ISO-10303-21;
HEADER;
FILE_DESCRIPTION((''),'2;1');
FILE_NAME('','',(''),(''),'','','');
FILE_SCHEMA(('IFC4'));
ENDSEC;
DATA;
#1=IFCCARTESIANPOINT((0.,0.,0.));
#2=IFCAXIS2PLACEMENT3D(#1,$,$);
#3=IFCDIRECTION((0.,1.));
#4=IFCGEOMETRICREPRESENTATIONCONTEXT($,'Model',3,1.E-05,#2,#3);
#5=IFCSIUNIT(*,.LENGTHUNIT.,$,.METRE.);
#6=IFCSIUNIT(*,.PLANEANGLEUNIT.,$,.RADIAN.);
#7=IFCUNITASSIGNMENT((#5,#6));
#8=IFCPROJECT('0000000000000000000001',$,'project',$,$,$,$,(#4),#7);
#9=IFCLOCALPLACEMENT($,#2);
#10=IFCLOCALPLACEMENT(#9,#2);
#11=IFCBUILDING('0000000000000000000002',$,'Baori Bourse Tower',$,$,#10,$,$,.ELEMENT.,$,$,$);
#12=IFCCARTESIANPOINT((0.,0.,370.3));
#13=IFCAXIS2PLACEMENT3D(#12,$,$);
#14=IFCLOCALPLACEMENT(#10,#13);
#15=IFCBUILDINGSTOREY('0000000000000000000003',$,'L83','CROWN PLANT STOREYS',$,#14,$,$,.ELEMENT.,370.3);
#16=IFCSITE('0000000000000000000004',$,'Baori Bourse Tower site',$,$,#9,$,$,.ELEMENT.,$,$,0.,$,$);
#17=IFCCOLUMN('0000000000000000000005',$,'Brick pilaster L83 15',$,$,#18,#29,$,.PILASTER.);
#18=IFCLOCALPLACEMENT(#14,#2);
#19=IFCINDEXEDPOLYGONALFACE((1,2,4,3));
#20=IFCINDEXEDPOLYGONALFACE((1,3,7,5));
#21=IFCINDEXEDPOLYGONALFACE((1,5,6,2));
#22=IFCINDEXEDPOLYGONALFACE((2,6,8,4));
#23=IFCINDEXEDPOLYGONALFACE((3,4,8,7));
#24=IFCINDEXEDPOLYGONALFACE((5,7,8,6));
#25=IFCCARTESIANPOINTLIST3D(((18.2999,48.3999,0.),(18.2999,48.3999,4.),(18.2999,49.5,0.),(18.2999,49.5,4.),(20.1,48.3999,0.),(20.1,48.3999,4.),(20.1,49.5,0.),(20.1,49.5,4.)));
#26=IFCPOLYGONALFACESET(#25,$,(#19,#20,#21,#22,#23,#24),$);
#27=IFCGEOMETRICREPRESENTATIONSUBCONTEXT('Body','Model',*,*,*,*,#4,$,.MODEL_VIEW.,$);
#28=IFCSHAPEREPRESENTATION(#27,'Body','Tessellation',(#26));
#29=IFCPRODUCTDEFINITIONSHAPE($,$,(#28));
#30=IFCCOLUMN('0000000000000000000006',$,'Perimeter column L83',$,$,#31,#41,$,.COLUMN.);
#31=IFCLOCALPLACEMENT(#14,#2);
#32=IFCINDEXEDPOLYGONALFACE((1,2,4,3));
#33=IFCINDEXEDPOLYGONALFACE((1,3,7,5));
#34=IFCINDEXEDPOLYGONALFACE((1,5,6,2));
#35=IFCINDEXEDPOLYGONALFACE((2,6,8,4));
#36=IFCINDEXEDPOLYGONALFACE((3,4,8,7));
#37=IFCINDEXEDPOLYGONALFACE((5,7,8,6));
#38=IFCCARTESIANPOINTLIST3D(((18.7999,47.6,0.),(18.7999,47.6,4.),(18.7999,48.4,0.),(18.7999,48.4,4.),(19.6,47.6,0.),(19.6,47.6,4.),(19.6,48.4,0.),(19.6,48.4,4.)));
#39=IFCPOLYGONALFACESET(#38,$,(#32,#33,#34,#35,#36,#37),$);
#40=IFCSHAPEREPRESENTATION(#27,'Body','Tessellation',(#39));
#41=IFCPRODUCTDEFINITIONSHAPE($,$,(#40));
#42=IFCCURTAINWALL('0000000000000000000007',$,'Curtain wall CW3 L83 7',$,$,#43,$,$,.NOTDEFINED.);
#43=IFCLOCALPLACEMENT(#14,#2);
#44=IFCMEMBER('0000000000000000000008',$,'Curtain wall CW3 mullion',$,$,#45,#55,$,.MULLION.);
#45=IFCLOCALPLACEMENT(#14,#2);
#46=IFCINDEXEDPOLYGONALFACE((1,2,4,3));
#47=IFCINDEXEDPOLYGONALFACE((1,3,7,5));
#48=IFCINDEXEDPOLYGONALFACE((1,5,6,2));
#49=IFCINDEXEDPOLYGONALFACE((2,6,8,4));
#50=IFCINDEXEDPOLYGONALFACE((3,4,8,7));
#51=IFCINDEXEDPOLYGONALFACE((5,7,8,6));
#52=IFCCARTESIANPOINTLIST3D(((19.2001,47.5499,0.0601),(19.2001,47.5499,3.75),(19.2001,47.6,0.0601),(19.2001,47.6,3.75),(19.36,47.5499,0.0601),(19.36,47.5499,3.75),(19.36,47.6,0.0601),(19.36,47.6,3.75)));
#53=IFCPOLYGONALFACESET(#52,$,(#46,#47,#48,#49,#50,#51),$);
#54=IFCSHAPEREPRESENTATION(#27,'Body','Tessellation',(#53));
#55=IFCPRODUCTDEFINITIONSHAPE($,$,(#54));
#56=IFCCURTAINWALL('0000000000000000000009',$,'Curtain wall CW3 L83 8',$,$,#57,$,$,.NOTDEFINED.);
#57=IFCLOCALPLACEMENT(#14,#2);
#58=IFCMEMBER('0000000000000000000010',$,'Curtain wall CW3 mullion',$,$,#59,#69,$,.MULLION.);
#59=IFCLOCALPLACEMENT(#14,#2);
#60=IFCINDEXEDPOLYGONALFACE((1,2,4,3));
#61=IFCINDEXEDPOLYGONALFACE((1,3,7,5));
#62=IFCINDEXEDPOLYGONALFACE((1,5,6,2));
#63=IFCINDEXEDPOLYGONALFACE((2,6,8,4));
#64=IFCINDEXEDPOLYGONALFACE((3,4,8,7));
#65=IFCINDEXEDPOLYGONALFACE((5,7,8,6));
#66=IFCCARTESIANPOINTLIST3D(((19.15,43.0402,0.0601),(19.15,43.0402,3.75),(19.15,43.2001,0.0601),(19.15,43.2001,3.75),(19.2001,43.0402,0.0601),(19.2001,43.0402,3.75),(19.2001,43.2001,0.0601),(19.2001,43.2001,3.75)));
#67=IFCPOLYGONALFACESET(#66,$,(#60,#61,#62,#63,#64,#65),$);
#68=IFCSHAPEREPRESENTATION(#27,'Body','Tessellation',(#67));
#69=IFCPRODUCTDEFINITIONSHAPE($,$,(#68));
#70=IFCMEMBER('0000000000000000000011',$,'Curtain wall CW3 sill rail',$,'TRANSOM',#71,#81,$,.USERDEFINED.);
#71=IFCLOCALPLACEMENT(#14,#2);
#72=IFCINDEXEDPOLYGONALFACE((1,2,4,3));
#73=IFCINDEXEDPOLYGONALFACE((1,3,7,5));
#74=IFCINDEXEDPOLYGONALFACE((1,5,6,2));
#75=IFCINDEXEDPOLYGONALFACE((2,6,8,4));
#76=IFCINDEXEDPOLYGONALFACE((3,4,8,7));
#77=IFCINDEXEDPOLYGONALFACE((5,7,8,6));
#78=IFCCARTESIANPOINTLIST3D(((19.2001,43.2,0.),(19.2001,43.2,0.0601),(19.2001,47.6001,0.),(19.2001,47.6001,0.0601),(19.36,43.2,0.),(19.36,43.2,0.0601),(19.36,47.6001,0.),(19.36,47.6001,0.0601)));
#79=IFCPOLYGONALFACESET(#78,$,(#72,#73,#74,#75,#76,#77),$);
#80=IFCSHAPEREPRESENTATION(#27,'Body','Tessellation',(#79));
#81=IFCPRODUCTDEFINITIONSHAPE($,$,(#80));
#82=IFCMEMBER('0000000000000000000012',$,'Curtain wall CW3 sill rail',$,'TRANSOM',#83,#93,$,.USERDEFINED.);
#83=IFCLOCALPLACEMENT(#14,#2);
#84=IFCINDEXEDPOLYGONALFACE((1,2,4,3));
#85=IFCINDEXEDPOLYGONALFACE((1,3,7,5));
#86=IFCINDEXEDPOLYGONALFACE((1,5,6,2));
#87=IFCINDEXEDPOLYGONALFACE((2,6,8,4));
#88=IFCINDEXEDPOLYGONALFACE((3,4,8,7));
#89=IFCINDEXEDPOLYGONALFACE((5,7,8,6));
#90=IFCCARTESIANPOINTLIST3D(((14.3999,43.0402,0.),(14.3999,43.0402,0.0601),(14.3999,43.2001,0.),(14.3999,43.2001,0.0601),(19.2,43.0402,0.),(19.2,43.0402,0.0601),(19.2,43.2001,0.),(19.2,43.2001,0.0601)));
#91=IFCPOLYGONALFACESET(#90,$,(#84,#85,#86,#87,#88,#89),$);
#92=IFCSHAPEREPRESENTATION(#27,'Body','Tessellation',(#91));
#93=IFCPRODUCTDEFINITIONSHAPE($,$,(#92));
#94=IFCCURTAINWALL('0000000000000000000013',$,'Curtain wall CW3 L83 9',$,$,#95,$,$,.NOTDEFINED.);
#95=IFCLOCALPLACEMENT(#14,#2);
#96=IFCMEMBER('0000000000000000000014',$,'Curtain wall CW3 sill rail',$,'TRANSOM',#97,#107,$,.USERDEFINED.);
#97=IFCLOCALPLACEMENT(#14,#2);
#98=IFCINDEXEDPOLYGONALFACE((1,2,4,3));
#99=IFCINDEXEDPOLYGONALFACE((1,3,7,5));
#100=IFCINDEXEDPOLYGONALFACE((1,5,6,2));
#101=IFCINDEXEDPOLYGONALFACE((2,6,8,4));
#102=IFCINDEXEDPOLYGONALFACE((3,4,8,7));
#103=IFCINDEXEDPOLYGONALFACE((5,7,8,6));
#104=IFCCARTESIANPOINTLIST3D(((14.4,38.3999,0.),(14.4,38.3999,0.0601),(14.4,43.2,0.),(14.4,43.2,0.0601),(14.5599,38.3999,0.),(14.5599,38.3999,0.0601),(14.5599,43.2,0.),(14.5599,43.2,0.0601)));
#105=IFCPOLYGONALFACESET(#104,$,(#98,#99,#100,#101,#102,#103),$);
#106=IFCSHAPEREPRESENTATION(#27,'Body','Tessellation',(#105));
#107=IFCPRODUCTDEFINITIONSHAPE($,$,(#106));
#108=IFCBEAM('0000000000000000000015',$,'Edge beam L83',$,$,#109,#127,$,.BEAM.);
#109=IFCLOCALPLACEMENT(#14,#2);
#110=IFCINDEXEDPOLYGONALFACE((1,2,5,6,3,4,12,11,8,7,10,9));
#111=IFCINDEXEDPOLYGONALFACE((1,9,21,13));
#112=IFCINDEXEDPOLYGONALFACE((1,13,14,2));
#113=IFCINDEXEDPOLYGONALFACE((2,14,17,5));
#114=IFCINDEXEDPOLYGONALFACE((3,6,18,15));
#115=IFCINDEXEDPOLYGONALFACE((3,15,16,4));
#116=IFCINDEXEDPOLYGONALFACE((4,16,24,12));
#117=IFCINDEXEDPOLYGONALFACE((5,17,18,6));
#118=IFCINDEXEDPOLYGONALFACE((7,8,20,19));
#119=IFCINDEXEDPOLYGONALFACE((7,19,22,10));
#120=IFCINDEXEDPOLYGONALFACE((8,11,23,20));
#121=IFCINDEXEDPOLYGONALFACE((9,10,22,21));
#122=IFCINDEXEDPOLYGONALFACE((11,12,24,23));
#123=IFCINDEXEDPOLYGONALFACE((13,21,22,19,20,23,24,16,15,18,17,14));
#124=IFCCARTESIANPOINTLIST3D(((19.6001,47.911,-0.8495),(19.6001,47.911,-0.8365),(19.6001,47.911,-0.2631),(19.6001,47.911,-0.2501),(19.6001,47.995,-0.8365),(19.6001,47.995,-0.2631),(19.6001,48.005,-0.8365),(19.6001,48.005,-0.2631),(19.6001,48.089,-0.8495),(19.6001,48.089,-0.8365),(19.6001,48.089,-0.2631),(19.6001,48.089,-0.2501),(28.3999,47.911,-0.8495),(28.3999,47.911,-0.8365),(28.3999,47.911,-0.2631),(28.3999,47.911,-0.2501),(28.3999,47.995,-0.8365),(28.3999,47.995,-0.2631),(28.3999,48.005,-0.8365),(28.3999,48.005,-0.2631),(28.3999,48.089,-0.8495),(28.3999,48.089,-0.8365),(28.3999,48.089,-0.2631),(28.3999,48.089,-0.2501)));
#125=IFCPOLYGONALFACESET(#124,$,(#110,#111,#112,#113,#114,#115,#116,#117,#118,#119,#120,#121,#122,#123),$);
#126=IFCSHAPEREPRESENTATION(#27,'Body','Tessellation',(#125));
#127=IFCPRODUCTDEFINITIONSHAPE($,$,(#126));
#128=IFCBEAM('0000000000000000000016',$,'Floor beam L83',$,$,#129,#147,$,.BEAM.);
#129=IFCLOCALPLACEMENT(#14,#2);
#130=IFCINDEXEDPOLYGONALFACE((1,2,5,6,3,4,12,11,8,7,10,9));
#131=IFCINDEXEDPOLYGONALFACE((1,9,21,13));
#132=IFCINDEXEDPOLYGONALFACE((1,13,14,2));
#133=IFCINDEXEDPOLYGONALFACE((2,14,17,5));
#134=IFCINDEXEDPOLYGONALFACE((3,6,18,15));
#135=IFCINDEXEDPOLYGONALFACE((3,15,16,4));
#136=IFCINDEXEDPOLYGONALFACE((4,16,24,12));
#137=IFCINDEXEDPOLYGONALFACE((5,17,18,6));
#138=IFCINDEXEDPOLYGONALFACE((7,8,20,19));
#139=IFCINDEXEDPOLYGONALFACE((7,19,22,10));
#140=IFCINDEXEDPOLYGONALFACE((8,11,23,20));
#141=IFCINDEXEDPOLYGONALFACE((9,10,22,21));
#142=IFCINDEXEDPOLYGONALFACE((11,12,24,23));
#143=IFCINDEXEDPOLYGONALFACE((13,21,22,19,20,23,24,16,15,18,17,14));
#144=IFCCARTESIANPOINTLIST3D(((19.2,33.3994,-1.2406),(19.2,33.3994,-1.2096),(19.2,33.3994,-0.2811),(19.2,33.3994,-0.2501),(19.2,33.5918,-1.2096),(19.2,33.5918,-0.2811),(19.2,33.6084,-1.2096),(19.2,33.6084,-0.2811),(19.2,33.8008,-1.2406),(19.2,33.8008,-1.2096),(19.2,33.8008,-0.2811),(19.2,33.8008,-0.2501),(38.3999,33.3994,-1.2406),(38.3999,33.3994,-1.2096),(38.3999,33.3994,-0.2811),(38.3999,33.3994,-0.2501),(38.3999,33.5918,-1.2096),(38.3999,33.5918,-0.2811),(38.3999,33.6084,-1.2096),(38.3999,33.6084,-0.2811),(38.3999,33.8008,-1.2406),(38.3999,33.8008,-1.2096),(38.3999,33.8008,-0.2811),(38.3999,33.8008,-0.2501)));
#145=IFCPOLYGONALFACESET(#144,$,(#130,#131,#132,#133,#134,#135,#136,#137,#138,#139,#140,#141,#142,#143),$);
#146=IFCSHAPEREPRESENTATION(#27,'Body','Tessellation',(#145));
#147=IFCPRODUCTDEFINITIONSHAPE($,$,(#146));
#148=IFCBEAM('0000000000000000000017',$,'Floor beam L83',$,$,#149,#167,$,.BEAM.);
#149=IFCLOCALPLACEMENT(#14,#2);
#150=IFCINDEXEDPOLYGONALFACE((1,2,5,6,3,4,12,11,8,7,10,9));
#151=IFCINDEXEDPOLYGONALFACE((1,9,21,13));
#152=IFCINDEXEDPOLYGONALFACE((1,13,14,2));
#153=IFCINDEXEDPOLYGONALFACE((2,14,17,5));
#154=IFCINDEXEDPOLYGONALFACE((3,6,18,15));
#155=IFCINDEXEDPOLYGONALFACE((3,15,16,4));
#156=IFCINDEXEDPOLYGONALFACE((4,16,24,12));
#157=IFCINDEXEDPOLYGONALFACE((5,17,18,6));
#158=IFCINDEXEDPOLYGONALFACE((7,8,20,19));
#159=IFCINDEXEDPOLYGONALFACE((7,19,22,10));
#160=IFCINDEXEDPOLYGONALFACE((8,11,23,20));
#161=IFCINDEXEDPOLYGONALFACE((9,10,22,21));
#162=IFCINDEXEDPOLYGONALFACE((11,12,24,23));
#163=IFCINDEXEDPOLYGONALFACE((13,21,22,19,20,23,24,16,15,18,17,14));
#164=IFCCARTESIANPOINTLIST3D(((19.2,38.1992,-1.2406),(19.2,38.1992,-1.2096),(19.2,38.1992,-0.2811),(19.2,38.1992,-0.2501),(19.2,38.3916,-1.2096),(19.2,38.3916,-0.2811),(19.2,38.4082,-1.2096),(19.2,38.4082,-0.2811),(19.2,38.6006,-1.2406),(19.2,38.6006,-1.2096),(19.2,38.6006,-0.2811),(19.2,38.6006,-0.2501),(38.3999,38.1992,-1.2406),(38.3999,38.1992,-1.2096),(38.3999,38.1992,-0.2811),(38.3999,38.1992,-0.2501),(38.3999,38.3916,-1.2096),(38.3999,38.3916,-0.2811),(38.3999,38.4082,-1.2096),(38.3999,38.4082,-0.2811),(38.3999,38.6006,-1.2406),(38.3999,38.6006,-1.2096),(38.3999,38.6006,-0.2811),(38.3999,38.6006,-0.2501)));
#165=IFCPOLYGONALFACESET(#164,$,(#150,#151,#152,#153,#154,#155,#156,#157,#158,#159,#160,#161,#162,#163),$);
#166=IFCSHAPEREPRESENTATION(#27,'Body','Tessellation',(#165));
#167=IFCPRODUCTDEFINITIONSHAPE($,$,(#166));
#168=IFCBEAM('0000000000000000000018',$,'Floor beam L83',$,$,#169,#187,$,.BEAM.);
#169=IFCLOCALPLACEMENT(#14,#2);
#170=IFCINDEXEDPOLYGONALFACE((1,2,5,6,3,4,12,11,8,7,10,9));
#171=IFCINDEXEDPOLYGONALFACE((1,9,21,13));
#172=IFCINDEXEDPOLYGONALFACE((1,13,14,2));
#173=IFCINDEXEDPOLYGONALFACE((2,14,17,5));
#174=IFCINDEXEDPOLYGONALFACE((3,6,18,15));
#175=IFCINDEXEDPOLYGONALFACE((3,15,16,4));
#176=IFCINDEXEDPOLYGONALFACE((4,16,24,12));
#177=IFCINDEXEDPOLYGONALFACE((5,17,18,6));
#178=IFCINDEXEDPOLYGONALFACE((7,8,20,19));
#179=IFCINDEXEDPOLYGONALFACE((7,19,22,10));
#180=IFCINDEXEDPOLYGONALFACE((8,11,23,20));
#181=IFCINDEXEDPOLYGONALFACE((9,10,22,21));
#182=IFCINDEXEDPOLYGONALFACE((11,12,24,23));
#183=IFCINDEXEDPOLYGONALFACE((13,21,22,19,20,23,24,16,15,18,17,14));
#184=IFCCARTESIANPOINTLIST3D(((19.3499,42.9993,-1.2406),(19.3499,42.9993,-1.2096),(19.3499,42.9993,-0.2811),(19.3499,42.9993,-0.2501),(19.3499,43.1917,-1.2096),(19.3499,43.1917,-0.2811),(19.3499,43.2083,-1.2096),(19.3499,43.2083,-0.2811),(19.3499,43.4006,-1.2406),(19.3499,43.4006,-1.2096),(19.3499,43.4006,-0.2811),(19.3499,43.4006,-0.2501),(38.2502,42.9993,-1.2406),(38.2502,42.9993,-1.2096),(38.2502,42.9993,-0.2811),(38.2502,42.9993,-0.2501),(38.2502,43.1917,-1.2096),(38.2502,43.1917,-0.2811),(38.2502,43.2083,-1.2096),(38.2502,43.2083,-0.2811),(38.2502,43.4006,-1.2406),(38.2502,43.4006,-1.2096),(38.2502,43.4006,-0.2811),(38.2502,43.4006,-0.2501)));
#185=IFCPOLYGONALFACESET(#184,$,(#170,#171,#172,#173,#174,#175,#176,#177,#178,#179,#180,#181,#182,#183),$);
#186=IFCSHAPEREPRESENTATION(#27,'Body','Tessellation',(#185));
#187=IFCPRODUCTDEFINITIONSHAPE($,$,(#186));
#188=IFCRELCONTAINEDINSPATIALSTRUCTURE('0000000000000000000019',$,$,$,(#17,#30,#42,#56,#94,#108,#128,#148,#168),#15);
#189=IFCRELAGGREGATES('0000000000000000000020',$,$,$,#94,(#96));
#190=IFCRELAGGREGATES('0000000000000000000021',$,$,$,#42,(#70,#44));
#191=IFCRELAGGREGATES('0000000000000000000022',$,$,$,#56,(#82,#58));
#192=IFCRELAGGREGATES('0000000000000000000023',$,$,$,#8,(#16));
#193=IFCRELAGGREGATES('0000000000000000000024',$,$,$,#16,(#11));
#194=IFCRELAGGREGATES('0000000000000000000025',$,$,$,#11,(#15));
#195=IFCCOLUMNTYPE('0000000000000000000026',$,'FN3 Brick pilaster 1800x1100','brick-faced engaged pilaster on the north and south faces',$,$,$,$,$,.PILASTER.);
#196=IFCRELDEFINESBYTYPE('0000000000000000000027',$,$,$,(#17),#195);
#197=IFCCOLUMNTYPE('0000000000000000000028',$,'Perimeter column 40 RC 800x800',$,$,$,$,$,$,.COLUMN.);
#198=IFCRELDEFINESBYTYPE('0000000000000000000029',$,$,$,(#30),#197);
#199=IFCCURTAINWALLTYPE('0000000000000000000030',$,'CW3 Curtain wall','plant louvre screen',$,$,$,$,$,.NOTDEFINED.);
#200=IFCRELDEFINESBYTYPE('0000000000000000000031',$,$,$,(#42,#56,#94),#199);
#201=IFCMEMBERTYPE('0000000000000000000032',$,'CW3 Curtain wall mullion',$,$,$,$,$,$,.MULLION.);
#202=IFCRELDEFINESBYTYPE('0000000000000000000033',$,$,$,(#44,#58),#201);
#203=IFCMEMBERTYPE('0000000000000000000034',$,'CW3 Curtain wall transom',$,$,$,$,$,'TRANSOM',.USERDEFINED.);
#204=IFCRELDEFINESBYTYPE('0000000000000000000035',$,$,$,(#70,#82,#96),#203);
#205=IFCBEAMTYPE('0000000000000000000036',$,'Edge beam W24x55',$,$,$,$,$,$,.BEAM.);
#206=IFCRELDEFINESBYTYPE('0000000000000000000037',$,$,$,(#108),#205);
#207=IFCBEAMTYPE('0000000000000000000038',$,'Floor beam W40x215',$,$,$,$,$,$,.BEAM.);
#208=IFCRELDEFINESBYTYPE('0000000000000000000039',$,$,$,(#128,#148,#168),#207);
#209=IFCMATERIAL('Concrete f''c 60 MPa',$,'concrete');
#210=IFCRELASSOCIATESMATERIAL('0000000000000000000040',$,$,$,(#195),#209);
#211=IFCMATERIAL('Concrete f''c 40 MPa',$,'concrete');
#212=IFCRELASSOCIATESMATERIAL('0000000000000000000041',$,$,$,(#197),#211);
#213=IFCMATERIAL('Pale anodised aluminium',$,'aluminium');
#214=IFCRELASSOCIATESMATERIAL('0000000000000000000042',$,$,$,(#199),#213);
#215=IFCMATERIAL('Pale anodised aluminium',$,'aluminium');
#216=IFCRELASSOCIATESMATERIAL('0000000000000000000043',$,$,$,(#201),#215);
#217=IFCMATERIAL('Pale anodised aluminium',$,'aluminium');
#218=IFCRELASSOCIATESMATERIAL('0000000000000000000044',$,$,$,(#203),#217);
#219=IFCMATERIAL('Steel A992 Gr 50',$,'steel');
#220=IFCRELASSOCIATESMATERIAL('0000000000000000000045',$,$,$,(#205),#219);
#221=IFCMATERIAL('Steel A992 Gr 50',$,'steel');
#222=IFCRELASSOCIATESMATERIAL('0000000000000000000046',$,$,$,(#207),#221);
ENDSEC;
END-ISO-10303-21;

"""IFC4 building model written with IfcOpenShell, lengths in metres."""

from ifc_helpers import new_model, si_unit, direction, frame, origin, origin_2d, place, context, subcontext, project, spatial, rectangle, i_section, extrude, material, material_profile, profile_set, type_object, element, aggregate, save


model = new_model("IFC4")

# Units and contexts
model_context = context("Model", 3, precision=1e-05, world=origin(), true_north=direction((0.0, 1.0)))
body_context = subcontext(model_context, "Body", "Model", "MODEL_VIEW")
ifc_project = project(units=[si_unit("LENGTHUNIT", "METRE"), si_unit("PLANEANGLEUNIT", "RADIAN")], contexts=[model_context])

# Site, building, storey
site_placement = place(None, origin())
site = spatial("IfcSite", under=ifc_project, at=site_placement, Name="Baori Bourse Tower site", CompositionType="ELEMENT", RefElevation=0.0)
building_placement = place(site_placement, origin())
building = spatial("IfcBuilding", under=site, at=building_placement, Name="Baori Bourse Tower", CompositionType="ELEMENT")
storey_placement = place(building_placement, frame((0.0, 0.0, 370.3)))
storey = spatial("IfcBuildingStorey", under=building, at=storey_placement, Name="L83", Description="CROWN PLANT STOREYS", CompositionType="ELEMENT", Elevation=370.3)

# Columns
ifc_material_1 = material(Name="Concrete f'c 60 MPa", Category="concrete")
ifc_material_profile_1 = material_profile(ifc_material_1, rectangle(XDim=1.8, YDim=1.1001, at=origin_2d()), Name="RC 1800x1100")
ifc_profile_set_1 = profile_set([ifc_material_profile_1], Name="Concrete f'c 60 MPa")
column_type_1 = type_object("IfcColumnType", Name="FN3 Brick pilaster 1800x1100", Description="brick-faced engaged pilaster on the north and south faces", PredefinedType="PILASTER", material=ifc_profile_set_1)
column_1_placement = place(storey_placement, frame((19.2, 48.95, 0.0), z_axis=(0.0, 0.0, 1.0), x_axis=(1.0, 0.0, 0.0)))
element("IfcColumn", 1, at=column_1_placement, inside=storey, type_object=column_type_1, Name="Brick pilaster L83 15", PredefinedType="PILASTER", context=body_context, shape_type="SweptSolid", body=[
    extrude(rectangle(XDim=1.8, YDim=1.1001, at=origin_2d()), origin(), (0.0, 0.0, 1.0), 4.0),
])
ifc_material_2 = material(Name="Concrete f'c 40 MPa", Category="concrete")
ifc_material_profile_2 = material_profile(ifc_material_2, rectangle(XDim=0.8, YDim=0.8, at=origin_2d()), Name="RC 800x800")
ifc_profile_set_2 = profile_set([ifc_material_profile_2], Name="Concrete f'c 40 MPa")
column_type_2 = type_object("IfcColumnType", Name="Perimeter column 40 RC 800x800", PredefinedType="COLUMN", material=ifc_profile_set_2)
column_2_placement = place(storey_placement, frame((19.2, 48.0, 0.0), z_axis=(0.0, 0.0, 1.0), x_axis=(1.0, 0.0, 0.0)))
element("IfcColumn", 2, at=column_2_placement, inside=storey, type_object=column_type_2, Name="Perimeter column L83", PredefinedType="COLUMN", context=body_context, shape_type="SweptSolid", body=[
    extrude(rectangle(XDim=0.8, YDim=0.8, at=origin_2d()), origin(), (0.0, 0.0, 1.0), 4.0),
])

# Curtain walls, members
ifc_material_3 = material(Name="Pale anodised aluminium", Category="aluminium")
curtain_wall_type = type_object("IfcCurtainWallType", Name="CW3 Curtain wall", Description="plant louvre screen", PredefinedType="NOTDEFINED", material=ifc_material_3)
curtain_wall_1_placement = place(storey_placement, origin())
curtain_wall_1 = element("IfcCurtainWall", 3, at=curtain_wall_1_placement, inside=storey, type_object=curtain_wall_type, Name="Curtain wall CW3 L83 7", PredefinedType="NOTDEFINED")
ifc_material_4 = material(Name="Pale anodised aluminium", Category="aluminium")
ifc_material_profile_3 = material_profile(ifc_material_4, rectangle(XDim=0.1599, YDim=0.05, at=origin_2d()), Name="Mullion 50x160")
ifc_profile_set_3 = profile_set([ifc_material_profile_3], Name="Pale anodised aluminium")
member_type_1 = type_object("IfcMemberType", Name="CW3 Curtain wall mullion", PredefinedType="MULLION", material=ifc_profile_set_3)
member_1_placement = place(storey_placement, frame((19.28, 47.575, 0.0601), z_axis=(0.0, 0.0, 1.0), x_axis=(1.0, 0.0, 0.0)))
member_1 = element("IfcMember", 4, at=member_1_placement, type_object=member_type_1, Name="Curtain wall CW3 mullion", PredefinedType="MULLION", context=body_context, shape_type="SweptSolid", body=[
    extrude(rectangle(XDim=0.1599, YDim=0.05, at=origin_2d()), origin(), (0.0, 0.0, 1.0), 3.6899),
])
curtain_wall_2_placement = place(storey_placement, origin())
curtain_wall_2 = element("IfcCurtainWall", 5, at=curtain_wall_2_placement, inside=storey, type_object=curtain_wall_type, Name="Curtain wall CW3 L83 8", PredefinedType="NOTDEFINED")
member_2_placement = place(storey_placement, frame((19.175, 43.1201, 0.0601), z_axis=(0.0, 0.0, 1.0), x_axis=(0.0, -1.0, 0.0)))
member_2 = element("IfcMember", 6, at=member_2_placement, type_object=member_type_1, Name="Curtain wall CW3 mullion", PredefinedType="MULLION", context=body_context, shape_type="SweptSolid", body=[
    extrude(rectangle(XDim=0.1599, YDim=0.05, at=origin_2d()), origin(), (0.0, 0.0, 1.0), 3.6899),
])

# Members
ifc_material_5 = material(Name="Pale anodised aluminium", Category="aluminium")
ifc_material_profile_4 = material_profile(ifc_material_5, rectangle(XDim=0.1599, YDim=0.0601, at=origin_2d()), Name="Transom 60x160")
ifc_profile_set_4 = profile_set([ifc_material_profile_4], Name="Pale anodised aluminium")
member_type_2 = type_object("IfcMemberType", Name="CW3 Curtain wall transom", ElementType="TRANSOM", PredefinedType="USERDEFINED", material=ifc_profile_set_4)
member_3_placement = place(storey_placement, frame((19.28, 47.6001, 0.03), z_axis=(0.0, -1.0, 0.0), x_axis=(1.0, 0.0, 0.0)))
member_3 = element("IfcMember", 7, at=member_3_placement, type_object=member_type_2, Name="Curtain wall CW3 sill rail", ObjectType="TRANSOM", PredefinedType="USERDEFINED", context=body_context, shape_type="SweptSolid", body=[
    extrude(rectangle(XDim=0.1599, YDim=0.0601, at=origin_2d()), origin(), (0.0, 0.0, 1.0), 4.4001),
])
member_4_placement = place(storey_placement, frame((19.2, 43.1201, 0.03), z_axis=(-1.0, 0.0, 0.0), x_axis=(0.0, -1.0, 0.0)))
member_4 = element("IfcMember", 8, at=member_4_placement, type_object=member_type_2, Name="Curtain wall CW3 sill rail", ObjectType="TRANSOM", PredefinedType="USERDEFINED", context=body_context, shape_type="SweptSolid", body=[
    extrude(rectangle(XDim=0.1599, YDim=0.0601, at=origin_2d()), origin(), (0.0, 0.0, 1.0), 4.8),
])

# Curtain wall, member
curtain_wall_3_placement = place(storey_placement, origin())
curtain_wall_3 = element("IfcCurtainWall", 9, at=curtain_wall_3_placement, inside=storey, type_object=curtain_wall_type, Name="Curtain wall CW3 L83 9", PredefinedType="NOTDEFINED")
member_5_placement = place(storey_placement, frame((14.48, 43.2, 0.03), z_axis=(0.0, -1.0, 0.0), x_axis=(1.0, 0.0, 0.0)))
member_5 = element("IfcMember", 10, at=member_5_placement, type_object=member_type_2, Name="Curtain wall CW3 sill rail", ObjectType="TRANSOM", PredefinedType="USERDEFINED", context=body_context, shape_type="SweptSolid", body=[
    extrude(rectangle(XDim=0.1599, YDim=0.0601, at=origin_2d()), origin(), (0.0, 0.0, 1.0), 4.8),
])
aggregate(curtain_wall_3, [member_5])

# Beams
ifc_material_6 = material(Name="Steel A992 Gr 50", Category="steel")
ifc_material_profile_5 = material_profile(ifc_material_6, i_section(OverallWidth=0.178, OverallDepth=0.5994, WebThickness=0.01, FlangeThickness=0.0129, at=origin_2d()), Name="W24x55")
ifc_profile_set_5 = profile_set([ifc_material_profile_5], Name="Steel A992 Gr 50")
beam_type_1 = type_object("IfcBeamType", Name="Edge beam W24x55", PredefinedType="BEAM", material=ifc_profile_set_5)
beam_1_placement = place(storey_placement, frame((19.6001, 48.0, -0.5498), z_axis=(1.0, 0.0, 0.0), x_axis=(0.0, 1.0, 0.0)))
element("IfcBeam", 11, at=beam_1_placement, inside=storey, type_object=beam_type_1, Name="Edge beam L83", PredefinedType="BEAM", context=body_context, shape_type="SweptSolid", body=[
    extrude(i_section(OverallWidth=0.178, OverallDepth=0.5994, WebThickness=0.01, FlangeThickness=0.0129, at=origin_2d()), origin(), (0.0, 0.0, 1.0), 8.7998),
])
ifc_material_7 = material(Name="Steel A992 Gr 50", Category="steel")
ifc_material_profile_6 = material_profile(ifc_material_7, i_section(OverallWidth=0.4014, OverallDepth=0.9905, WebThickness=0.0166, FlangeThickness=0.031, at=origin_2d()), Name="W40x215")
ifc_profile_set_6 = profile_set([ifc_material_profile_6], Name="Steel A992 Gr 50")
beam_type_2 = type_object("IfcBeamType", Name="Floor beam W40x215", PredefinedType="BEAM", material=ifc_profile_set_6)
for number, where, z_axis, x_axis, name in (
    (12, (19.2, 33.6001, -0.7454), (1.0, 0.0, 0.0), (0.0, 1.0, 0.0), "Floor beam L83"),
    (13, (19.2, 38.3999, -0.7454), (1.0, 0.0, 0.0), (0.0, 1.0, 0.0), "Floor beam L83"),
):
    element("IfcBeam", number, at=place(storey_placement, frame(where, z_axis=z_axis, x_axis=x_axis)), inside=storey, type_object=beam_type_2, Name=name, PredefinedType="BEAM", context=body_context, shape_type="SweptSolid", body=[
        extrude(i_section(OverallWidth=0.4014, OverallDepth=0.9905, WebThickness=0.0166, FlangeThickness=0.031, at=origin_2d()), origin(), (0.0, 0.0, 1.0), 19.2),
    ])
beam_2_placement = place(storey_placement, frame((19.3499, 43.2, -0.7454), z_axis=(1.0, 0.0, 0.0), x_axis=(0.0, 1.0, 0.0)))
element("IfcBeam", 14, at=beam_2_placement, inside=storey, type_object=beam_type_2, Name="Floor beam L83", PredefinedType="BEAM", context=body_context, shape_type="SweptSolid", body=[
    extrude(i_section(OverallWidth=0.4014, OverallDepth=0.9905, WebThickness=0.0166, FlangeThickness=0.031, at=origin_2d()), origin(), (0.0, 0.0, 1.0), 18.9004),
])

aggregate(curtain_wall_1, [member_3, member_1])
aggregate(curtain_wall_2, [member_4, member_2])

save(model, "model.ifc")
